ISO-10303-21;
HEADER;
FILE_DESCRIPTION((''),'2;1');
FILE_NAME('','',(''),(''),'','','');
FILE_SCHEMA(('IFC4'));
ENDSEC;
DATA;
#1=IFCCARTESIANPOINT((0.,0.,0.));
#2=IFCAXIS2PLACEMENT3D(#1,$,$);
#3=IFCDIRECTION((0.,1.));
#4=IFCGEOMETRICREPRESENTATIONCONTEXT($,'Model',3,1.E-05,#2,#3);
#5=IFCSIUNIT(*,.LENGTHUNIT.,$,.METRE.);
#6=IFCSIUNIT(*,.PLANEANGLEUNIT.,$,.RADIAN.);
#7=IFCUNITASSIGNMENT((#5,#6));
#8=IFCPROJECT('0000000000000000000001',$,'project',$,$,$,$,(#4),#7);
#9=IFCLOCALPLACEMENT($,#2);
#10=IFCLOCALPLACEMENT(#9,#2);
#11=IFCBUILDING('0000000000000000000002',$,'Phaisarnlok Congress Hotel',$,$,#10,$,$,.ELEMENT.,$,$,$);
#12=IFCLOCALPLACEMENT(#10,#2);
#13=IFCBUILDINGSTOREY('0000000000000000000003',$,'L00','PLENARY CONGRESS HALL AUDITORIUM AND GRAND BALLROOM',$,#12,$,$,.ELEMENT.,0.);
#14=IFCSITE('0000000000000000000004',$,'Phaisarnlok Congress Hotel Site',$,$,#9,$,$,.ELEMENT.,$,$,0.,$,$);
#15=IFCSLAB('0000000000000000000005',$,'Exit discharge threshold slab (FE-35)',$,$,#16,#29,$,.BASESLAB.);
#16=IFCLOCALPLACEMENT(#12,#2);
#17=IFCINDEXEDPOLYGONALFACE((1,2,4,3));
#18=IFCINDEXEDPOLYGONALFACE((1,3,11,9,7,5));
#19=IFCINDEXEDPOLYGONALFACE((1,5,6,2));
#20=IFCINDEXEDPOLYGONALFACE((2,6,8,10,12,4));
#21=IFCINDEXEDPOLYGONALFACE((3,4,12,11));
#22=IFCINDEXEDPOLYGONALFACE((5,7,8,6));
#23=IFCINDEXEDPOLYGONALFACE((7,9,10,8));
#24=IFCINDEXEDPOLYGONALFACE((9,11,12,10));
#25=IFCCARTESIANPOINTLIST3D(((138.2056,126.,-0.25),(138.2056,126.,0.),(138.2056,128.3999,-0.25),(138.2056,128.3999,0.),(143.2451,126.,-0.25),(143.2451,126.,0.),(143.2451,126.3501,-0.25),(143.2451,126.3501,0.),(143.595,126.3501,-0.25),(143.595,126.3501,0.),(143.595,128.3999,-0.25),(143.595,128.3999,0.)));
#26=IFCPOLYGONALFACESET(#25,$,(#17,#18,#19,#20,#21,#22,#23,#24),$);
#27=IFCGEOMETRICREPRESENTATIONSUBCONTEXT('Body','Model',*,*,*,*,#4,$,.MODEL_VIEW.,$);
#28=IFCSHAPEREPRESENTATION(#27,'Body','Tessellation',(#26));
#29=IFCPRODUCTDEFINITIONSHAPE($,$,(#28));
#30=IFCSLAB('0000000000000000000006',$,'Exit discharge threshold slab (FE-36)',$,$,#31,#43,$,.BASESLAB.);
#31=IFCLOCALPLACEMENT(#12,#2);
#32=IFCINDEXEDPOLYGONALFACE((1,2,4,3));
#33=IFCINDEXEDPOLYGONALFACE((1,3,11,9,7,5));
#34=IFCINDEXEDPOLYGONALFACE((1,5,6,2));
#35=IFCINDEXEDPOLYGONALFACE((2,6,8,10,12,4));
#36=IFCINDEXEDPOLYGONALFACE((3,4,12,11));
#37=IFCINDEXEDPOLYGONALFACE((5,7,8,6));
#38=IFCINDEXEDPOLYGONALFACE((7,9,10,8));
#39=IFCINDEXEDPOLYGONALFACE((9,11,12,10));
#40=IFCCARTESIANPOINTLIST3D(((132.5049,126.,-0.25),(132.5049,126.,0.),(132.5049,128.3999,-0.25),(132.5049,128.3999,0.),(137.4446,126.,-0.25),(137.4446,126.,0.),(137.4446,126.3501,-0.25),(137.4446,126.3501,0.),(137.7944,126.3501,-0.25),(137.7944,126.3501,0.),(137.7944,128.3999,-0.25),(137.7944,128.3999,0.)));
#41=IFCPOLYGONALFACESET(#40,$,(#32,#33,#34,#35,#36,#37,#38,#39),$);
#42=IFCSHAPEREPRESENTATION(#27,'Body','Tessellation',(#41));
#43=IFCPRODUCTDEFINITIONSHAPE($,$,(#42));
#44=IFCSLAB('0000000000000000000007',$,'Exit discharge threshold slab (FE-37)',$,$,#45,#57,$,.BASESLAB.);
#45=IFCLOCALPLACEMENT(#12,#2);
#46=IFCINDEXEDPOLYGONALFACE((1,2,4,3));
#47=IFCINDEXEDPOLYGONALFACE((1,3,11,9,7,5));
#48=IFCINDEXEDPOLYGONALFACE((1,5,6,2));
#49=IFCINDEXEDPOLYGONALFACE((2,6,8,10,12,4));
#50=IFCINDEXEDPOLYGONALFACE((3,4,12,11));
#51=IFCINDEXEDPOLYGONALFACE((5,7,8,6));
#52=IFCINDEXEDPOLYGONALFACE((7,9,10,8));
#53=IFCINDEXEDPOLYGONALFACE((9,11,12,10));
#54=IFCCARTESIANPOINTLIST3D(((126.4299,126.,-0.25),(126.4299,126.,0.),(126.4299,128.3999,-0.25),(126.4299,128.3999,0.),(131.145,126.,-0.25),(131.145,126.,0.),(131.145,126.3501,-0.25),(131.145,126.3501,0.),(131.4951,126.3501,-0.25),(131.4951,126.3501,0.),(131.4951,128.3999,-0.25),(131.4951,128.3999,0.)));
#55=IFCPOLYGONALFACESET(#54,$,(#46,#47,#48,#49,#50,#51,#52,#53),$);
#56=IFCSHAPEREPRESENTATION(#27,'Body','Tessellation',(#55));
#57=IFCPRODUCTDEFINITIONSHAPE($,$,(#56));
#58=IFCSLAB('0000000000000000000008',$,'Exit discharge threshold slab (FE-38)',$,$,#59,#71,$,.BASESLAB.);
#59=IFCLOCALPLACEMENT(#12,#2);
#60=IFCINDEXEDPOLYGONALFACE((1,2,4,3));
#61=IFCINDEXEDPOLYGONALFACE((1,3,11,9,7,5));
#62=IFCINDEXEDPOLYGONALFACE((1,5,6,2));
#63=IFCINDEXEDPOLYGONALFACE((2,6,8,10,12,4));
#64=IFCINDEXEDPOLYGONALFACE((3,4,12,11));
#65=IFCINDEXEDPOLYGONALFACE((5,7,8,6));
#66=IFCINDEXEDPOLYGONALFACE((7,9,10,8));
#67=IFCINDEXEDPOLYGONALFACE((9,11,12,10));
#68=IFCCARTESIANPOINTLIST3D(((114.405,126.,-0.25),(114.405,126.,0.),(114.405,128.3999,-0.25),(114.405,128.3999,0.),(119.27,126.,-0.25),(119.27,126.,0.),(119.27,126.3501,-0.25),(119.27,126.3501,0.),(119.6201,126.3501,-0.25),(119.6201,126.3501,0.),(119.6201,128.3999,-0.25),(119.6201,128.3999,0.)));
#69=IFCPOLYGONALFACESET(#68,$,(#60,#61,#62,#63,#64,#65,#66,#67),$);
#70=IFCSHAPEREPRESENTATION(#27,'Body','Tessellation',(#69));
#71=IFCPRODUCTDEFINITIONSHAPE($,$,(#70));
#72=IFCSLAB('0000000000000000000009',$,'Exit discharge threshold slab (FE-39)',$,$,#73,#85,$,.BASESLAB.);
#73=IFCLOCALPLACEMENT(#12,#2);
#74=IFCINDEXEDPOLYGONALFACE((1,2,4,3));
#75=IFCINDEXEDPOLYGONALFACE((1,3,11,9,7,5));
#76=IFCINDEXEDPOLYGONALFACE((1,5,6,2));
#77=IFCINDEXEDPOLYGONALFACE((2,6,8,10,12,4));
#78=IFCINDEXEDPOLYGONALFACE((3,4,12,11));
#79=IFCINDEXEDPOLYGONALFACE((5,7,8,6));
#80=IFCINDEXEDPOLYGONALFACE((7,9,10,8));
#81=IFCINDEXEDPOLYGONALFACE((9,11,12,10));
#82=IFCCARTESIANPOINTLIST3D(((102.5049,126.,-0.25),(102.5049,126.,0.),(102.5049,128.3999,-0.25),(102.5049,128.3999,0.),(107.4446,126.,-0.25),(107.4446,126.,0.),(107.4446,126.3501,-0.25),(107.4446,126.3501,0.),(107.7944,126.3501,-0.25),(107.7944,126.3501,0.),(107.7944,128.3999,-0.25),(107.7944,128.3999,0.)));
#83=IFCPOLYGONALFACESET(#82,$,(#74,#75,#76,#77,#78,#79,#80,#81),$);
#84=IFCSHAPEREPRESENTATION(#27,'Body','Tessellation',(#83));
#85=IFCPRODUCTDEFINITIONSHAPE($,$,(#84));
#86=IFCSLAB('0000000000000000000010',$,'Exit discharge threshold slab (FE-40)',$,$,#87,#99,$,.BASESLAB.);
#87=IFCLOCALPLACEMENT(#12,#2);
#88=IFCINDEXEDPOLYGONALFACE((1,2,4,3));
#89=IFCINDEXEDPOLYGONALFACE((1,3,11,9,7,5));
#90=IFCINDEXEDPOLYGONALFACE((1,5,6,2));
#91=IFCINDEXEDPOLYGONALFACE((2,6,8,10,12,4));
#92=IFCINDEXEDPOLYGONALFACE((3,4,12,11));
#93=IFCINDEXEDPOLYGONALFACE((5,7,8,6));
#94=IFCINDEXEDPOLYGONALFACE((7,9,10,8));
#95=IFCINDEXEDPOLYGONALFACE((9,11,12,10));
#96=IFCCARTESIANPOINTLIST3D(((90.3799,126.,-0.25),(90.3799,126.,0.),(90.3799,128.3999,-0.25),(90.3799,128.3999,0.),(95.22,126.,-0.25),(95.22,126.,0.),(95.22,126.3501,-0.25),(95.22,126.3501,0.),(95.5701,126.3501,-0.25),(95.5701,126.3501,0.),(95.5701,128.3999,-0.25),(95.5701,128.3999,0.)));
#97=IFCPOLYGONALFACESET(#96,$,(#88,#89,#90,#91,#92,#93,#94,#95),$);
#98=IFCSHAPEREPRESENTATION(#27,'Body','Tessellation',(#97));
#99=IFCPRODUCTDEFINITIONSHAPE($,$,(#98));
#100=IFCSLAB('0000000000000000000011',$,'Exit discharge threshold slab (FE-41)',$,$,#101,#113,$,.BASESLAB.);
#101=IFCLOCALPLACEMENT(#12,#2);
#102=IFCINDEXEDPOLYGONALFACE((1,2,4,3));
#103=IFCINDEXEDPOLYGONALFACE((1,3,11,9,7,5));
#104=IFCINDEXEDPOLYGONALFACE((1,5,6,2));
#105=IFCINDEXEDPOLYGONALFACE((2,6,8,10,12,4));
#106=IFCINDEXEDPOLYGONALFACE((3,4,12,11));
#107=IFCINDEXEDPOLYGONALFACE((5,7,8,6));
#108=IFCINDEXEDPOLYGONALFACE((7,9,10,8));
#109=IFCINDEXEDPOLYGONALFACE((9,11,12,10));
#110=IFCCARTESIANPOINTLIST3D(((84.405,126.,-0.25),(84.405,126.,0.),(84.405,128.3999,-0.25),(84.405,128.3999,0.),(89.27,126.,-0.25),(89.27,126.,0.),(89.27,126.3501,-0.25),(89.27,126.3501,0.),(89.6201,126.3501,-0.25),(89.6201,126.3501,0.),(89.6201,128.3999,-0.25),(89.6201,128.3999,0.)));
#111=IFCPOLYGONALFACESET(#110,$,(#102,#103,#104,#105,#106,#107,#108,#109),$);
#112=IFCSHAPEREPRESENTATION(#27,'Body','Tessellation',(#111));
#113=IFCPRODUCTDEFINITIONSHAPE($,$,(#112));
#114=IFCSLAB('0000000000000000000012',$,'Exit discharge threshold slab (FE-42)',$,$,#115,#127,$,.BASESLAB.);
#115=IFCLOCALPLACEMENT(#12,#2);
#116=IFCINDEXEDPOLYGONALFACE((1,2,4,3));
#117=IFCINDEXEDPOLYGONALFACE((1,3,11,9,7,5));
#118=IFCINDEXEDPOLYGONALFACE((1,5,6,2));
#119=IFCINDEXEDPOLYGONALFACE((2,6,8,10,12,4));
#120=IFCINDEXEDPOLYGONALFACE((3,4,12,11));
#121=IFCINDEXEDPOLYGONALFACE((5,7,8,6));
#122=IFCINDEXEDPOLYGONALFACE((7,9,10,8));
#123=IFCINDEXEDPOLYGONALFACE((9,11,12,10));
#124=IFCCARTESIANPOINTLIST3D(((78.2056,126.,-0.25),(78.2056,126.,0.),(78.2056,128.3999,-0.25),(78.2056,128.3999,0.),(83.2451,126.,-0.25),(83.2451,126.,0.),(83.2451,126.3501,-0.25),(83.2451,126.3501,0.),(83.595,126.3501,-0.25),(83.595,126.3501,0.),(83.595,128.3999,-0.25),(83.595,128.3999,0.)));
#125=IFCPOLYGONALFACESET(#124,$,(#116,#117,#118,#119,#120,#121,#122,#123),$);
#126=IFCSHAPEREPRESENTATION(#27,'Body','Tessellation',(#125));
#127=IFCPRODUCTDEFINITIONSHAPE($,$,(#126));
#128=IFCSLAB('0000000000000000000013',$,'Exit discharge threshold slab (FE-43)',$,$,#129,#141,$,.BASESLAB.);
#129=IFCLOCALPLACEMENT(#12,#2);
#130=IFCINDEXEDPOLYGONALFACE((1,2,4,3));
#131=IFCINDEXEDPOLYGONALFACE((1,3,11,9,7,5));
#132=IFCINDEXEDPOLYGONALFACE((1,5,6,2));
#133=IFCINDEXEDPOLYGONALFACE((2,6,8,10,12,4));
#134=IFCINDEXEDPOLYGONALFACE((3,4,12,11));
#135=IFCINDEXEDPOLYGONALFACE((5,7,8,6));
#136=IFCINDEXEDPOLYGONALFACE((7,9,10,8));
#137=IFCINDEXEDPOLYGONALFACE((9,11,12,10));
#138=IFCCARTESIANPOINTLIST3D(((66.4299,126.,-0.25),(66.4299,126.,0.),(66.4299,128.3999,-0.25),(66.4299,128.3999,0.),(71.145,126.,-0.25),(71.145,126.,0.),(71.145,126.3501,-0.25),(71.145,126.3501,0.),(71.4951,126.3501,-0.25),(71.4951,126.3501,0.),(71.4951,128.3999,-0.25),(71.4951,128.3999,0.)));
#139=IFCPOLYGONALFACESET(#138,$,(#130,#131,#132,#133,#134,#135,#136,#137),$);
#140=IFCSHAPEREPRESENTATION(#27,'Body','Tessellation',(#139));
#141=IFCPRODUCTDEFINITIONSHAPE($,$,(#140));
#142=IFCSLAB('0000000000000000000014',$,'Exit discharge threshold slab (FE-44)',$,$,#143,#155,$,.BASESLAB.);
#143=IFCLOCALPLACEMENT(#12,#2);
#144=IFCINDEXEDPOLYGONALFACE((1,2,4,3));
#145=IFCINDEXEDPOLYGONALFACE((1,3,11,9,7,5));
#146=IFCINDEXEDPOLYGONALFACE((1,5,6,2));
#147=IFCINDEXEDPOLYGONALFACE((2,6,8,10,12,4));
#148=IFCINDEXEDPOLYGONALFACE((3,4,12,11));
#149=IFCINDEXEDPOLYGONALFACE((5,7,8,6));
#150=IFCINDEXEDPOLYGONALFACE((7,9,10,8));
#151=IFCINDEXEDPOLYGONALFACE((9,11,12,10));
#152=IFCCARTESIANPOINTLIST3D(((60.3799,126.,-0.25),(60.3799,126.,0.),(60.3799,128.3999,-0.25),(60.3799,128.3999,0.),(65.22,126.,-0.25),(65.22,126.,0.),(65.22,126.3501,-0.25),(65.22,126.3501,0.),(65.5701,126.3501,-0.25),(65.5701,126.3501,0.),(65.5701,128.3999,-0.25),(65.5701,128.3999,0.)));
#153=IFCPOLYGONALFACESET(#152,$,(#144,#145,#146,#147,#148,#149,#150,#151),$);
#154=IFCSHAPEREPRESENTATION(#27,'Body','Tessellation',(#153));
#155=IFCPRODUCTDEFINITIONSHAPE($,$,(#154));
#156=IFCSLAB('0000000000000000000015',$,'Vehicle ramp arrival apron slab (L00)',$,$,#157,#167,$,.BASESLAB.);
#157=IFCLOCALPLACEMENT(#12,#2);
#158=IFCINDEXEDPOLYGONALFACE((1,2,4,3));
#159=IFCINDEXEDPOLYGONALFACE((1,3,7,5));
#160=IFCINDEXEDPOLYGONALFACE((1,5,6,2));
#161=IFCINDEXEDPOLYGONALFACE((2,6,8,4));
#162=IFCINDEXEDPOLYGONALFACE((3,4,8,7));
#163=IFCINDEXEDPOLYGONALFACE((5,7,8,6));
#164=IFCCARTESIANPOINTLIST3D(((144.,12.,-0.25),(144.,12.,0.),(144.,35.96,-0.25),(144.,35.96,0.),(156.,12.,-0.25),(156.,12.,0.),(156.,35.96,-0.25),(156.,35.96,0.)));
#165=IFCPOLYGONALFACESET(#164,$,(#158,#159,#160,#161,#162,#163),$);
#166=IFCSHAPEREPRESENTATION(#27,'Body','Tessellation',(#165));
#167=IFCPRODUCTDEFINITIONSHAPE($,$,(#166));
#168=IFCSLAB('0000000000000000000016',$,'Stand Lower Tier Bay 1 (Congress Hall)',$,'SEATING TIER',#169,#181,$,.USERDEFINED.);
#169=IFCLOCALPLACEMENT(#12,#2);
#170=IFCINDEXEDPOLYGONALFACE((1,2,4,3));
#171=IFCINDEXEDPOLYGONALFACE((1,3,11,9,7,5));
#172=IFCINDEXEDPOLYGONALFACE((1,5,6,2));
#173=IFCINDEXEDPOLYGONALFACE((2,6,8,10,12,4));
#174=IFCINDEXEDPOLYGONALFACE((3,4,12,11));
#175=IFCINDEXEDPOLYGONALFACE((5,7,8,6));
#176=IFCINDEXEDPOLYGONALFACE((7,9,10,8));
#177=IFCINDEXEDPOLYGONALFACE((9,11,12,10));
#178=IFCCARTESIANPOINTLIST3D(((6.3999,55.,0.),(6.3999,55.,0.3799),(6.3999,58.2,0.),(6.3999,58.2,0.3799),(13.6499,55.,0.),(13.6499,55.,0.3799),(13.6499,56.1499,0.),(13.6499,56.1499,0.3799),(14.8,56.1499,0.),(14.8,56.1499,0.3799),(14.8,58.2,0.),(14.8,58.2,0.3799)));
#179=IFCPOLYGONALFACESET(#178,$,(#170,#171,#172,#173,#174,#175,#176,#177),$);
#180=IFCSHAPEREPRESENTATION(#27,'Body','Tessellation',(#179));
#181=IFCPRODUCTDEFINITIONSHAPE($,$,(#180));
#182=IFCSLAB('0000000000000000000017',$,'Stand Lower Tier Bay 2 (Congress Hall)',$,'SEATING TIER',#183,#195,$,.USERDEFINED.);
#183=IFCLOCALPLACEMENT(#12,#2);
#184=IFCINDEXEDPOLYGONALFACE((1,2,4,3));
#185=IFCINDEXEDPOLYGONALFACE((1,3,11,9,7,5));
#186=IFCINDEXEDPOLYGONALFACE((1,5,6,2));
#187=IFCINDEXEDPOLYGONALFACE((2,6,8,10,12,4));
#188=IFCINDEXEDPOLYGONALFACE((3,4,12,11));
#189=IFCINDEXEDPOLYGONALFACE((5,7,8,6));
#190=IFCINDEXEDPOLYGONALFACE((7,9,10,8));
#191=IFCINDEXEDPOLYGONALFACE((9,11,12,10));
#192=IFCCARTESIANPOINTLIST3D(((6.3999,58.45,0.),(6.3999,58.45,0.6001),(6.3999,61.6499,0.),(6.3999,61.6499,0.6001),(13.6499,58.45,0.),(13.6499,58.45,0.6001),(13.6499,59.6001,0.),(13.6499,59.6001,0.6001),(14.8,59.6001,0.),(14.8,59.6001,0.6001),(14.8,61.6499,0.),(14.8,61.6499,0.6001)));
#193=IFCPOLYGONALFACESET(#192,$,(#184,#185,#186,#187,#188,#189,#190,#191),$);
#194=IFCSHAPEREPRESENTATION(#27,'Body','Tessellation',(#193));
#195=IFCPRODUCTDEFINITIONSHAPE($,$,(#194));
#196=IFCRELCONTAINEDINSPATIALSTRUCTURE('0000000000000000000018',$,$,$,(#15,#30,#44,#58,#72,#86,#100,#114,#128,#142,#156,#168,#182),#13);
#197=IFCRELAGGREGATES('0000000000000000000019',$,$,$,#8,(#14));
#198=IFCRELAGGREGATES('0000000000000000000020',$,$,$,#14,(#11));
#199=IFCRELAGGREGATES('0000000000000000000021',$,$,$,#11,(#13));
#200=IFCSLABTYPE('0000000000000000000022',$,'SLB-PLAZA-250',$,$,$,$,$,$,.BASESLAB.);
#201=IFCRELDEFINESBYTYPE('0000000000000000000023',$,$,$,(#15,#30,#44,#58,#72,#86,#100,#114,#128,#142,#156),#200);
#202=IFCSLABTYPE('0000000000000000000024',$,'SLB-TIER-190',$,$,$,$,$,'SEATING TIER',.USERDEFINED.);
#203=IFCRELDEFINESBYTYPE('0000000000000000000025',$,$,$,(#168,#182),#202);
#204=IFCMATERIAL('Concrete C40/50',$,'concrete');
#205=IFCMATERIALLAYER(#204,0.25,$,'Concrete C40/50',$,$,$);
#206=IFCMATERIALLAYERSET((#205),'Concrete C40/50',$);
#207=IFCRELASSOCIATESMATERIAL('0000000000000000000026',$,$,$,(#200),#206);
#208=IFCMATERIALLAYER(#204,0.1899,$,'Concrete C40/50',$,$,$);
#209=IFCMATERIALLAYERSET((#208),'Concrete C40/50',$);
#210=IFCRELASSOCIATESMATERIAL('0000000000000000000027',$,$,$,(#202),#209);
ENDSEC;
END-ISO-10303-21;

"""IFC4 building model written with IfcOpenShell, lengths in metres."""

from ifc_helpers import new_model, si_unit, direction, frame, origin, place, context, subcontext, project, spatial, polyline, outline, extrude, material, layer, layer_set, type_object, element, save


model = new_model("IFC4")

# Units and contexts
model_context = context("Model", 3, precision=1e-05, world=origin(), true_north=direction((0.0, 1.0)))
body_context = subcontext(model_context, "Body", "Model", "MODEL_VIEW")
ifc_project = project(units=[si_unit("LENGTHUNIT", "METRE"), si_unit("PLANEANGLEUNIT", "RADIAN")], contexts=[model_context])

# Site, building, storey
site_placement = place(None, origin())
site = spatial("IfcSite", under=ifc_project, at=site_placement, Name="Phaisarnlok Congress Hotel Site", CompositionType="ELEMENT", RefElevation=0.0)
building_placement = place(site_placement, origin())
building = spatial("IfcBuilding", under=site, at=building_placement, Name="Phaisarnlok Congress Hotel", CompositionType="ELEMENT")
storey_placement = place(building_placement, origin())
storey = spatial("IfcBuildingStorey", under=building, at=storey_placement, Name="L00", Description="PLENARY CONGRESS HALL AUDITORIUM AND GRAND BALLROOM", CompositionType="ELEMENT", Elevation=0.0)

# Shared definitions
ifc_material = material(Name="Concrete C40/50", Category="concrete")

# Slabs
ifc_layer_1 = layer(ifc_material, 0.25, Name="Concrete C40/50")
ifc_layer_set_1 = layer_set([ifc_layer_1], Name="Concrete C40/50")
slab_type_1 = type_object("IfcSlabType", Name="SLB-PLAZA-250", PredefinedType="BASESLAB", material=ifc_layer_set_1)
slab_1_placement = place(storey_placement, frame((0.0, 0.0, -0.25)))
element("IfcSlab", 1, at=slab_1_placement, inside=storey, type_object=slab_type_1, Name="Exit discharge threshold slab (FE-35)", PredefinedType="BASESLAB", context=body_context, shape_type="SweptSolid", body=[
    extrude(outline(polyline([(138.2056, 126.0), (143.2451, 126.0), (143.2451, 126.3501), (143.595, 126.3501), (143.595, 128.3999), (138.2056, 128.3999), (138.2056, 126.0)])), origin(), (0.0, 0.0, 1.0), 0.25),
])
slab_2_placement = place(storey_placement, frame((0.0, 0.0, -0.25)))
element("IfcSlab", 2, at=slab_2_placement, inside=storey, type_object=slab_type_1, Name="Exit discharge threshold slab (FE-36)", PredefinedType="BASESLAB", context=body_context, shape_type="SweptSolid", body=[
    extrude(outline(polyline([(132.5049, 126.0), (137.4446, 126.0), (137.4446, 126.3501), (137.7944, 126.3501), (137.7944, 128.3999), (132.5049, 128.3999), (132.5049, 126.0)])), origin(), (0.0, 0.0, 1.0), 0.25),
])
slab_3_placement = place(storey_placement, frame((0.0, 0.0, -0.25)))
element("IfcSlab", 3, at=slab_3_placement, inside=storey, type_object=slab_type_1, Name="Exit discharge threshold slab (FE-37)", PredefinedType="BASESLAB", context=body_context, shape_type="SweptSolid", body=[
    extrude(outline(polyline([(126.4299, 126.0), (131.145, 126.0), (131.145, 126.3501), (131.4951, 126.3501), (131.4951, 128.3999), (126.4299, 128.3999), (126.4299, 126.0)])), origin(), (0.0, 0.0, 1.0), 0.25),
])
slab_4_placement = place(storey_placement, frame((0.0, 0.0, -0.25)))
element("IfcSlab", 4, at=slab_4_placement, inside=storey, type_object=slab_type_1, Name="Exit discharge threshold slab (FE-38)", PredefinedType="BASESLAB", context=body_context, shape_type="SweptSolid", body=[
    extrude(outline(polyline([(114.405, 126.0), (119.27, 126.0), (119.27, 126.3501), (119.6201, 126.3501), (119.6201, 128.3999), (114.405, 128.3999), (114.405, 126.0)])), origin(), (0.0, 0.0, 1.0), 0.25),
])
slab_5_placement = place(storey_placement, frame((0.0, 0.0, -0.25)))
element("IfcSlab", 5, at=slab_5_placement, inside=storey, type_object=slab_type_1, Name="Exit discharge threshold slab (FE-39)", PredefinedType="BASESLAB", context=body_context, shape_type="SweptSolid", body=[
    extrude(outline(polyline([(102.5049, 126.0), (107.4446, 126.0), (107.4446, 126.3501), (107.7944, 126.3501), (107.7944, 128.3999), (102.5049, 128.3999), (102.5049, 126.0)])), origin(), (0.0, 0.0, 1.0), 0.25),
])
slab_6_placement = place(storey_placement, frame((0.0, 0.0, -0.25)))
element("IfcSlab", 6, at=slab_6_placement, inside=storey, type_object=slab_type_1, Name="Exit discharge threshold slab (FE-40)", PredefinedType="BASESLAB", context=body_context, shape_type="SweptSolid", body=[
    extrude(outline(polyline([(90.3799, 126.0), (95.22, 126.0), (95.22, 126.3501), (95.5701, 126.3501), (95.5701, 128.3999), (90.3799, 128.3999), (90.3799, 126.0)])), origin(), (0.0, 0.0, 1.0), 0.25),
])
slab_7_placement = place(storey_placement, frame((0.0, 0.0, -0.25)))
element("IfcSlab", 7, at=slab_7_placement, inside=storey, type_object=slab_type_1, Name="Exit discharge threshold slab (FE-41)", PredefinedType="BASESLAB", context=body_context, shape_type="SweptSolid", body=[
    extrude(outline(polyline([(84.405, 126.0), (89.27, 126.0), (89.27, 126.3501), (89.6201, 126.3501), (89.6201, 128.3999), (84.405, 128.3999), (84.405, 126.0)])), origin(), (0.0, 0.0, 1.0), 0.25),
])
slab_8_placement = place(storey_placement, frame((0.0, 0.0, -0.25)))
element("IfcSlab", 8, at=slab_8_placement, inside=storey, type_object=slab_type_1, Name="Exit discharge threshold slab (FE-42)", PredefinedType="BASESLAB", context=body_context, shape_type="SweptSolid", body=[
    extrude(outline(polyline([(78.2056, 126.0), (83.2451, 126.0), (83.2451, 126.3501), (83.595, 126.3501), (83.595, 128.3999), (78.2056, 128.3999), (78.2056, 126.0)])), origin(), (0.0, 0.0, 1.0), 0.25),
])
slab_9_placement = place(storey_placement, frame((0.0, 0.0, -0.25)))
element("IfcSlab", 9, at=slab_9_placement, inside=storey, type_object=slab_type_1, Name="Exit discharge threshold slab (FE-43)", PredefinedType="BASESLAB", context=body_context, shape_type="SweptSolid", body=[
    extrude(outline(polyline([(66.4299, 126.0), (71.145, 126.0), (71.145, 126.3501), (71.4951, 126.3501), (71.4951, 128.3999), (66.4299, 128.3999), (66.4299, 126.0)])), origin(), (0.0, 0.0, 1.0), 0.25),
])
slab_10_placement = place(storey_placement, frame((0.0, 0.0, -0.25)))
element("IfcSlab", 10, at=slab_10_placement, inside=storey, type_object=slab_type_1, Name="Exit discharge threshold slab (FE-44)", PredefinedType="BASESLAB", context=body_context, shape_type="SweptSolid", body=[
    extrude(outline(polyline([(60.3799, 126.0), (65.22, 126.0), (65.22, 126.3501), (65.5701, 126.3501), (65.5701, 128.3999), (60.3799, 128.3999), (60.3799, 126.0)])), origin(), (0.0, 0.0, 1.0), 0.25),
])
slab_11_placement = place(storey_placement, frame((0.0, 0.0, -0.25)))
element("IfcSlab", 11, at=slab_11_placement, inside=storey, type_object=slab_type_1, Name="Vehicle ramp arrival apron slab (L00)", PredefinedType="BASESLAB", context=body_context, shape_type="SweptSolid", body=[
    extrude(outline(polyline([(144.0, 12.0), (156.0, 12.0), (156.0, 35.96), (144.0, 35.96), (144.0, 12.0)])), origin(), (0.0, 0.0, 1.0), 0.25),
])
ifc_layer_2 = layer(ifc_material, 0.1899, Name="Concrete C40/50")
ifc_layer_set_2 = layer_set([ifc_layer_2], Name="Concrete C40/50")
slab_type_2 = type_object("IfcSlabType", Name="SLB-TIER-190", ElementType="SEATING TIER", PredefinedType="USERDEFINED", material=ifc_layer_set_2)
slab_12_placement = place(storey_placement, origin())
element("IfcSlab", 12, at=slab_12_placement, inside=storey, type_object=slab_type_2, Name="Stand Lower Tier Bay 1 (Congress Hall)", ObjectType="SEATING TIER", PredefinedType="USERDEFINED", context=body_context, shape_type="SweptSolid", body=[
    extrude(outline(polyline([(6.3999, 55.0), (13.6499, 55.0), (13.6499, 56.1499), (14.8, 56.1499), (14.8, 58.2), (6.3999, 58.2), (6.3999, 55.0)])), origin(), (0.0, 0.0, 1.0), 0.3799),
])
slab_13_placement = place(storey_placement, origin())
element("IfcSlab", 13, at=slab_13_placement, inside=storey, type_object=slab_type_2, Name="Stand Lower Tier Bay 2 (Congress Hall)", ObjectType="SEATING TIER", PredefinedType="USERDEFINED", context=body_context, shape_type="SweptSolid", body=[
    extrude(outline(polyline([(6.3999, 58.45), (13.6499, 58.45), (13.6499, 59.6001), (14.8, 59.6001), (14.8, 61.6499), (6.3999, 61.6499), (6.3999, 58.45)])), origin(), (0.0, 0.0, 1.0), 0.6001),
])

save(model, "model.ifc")
